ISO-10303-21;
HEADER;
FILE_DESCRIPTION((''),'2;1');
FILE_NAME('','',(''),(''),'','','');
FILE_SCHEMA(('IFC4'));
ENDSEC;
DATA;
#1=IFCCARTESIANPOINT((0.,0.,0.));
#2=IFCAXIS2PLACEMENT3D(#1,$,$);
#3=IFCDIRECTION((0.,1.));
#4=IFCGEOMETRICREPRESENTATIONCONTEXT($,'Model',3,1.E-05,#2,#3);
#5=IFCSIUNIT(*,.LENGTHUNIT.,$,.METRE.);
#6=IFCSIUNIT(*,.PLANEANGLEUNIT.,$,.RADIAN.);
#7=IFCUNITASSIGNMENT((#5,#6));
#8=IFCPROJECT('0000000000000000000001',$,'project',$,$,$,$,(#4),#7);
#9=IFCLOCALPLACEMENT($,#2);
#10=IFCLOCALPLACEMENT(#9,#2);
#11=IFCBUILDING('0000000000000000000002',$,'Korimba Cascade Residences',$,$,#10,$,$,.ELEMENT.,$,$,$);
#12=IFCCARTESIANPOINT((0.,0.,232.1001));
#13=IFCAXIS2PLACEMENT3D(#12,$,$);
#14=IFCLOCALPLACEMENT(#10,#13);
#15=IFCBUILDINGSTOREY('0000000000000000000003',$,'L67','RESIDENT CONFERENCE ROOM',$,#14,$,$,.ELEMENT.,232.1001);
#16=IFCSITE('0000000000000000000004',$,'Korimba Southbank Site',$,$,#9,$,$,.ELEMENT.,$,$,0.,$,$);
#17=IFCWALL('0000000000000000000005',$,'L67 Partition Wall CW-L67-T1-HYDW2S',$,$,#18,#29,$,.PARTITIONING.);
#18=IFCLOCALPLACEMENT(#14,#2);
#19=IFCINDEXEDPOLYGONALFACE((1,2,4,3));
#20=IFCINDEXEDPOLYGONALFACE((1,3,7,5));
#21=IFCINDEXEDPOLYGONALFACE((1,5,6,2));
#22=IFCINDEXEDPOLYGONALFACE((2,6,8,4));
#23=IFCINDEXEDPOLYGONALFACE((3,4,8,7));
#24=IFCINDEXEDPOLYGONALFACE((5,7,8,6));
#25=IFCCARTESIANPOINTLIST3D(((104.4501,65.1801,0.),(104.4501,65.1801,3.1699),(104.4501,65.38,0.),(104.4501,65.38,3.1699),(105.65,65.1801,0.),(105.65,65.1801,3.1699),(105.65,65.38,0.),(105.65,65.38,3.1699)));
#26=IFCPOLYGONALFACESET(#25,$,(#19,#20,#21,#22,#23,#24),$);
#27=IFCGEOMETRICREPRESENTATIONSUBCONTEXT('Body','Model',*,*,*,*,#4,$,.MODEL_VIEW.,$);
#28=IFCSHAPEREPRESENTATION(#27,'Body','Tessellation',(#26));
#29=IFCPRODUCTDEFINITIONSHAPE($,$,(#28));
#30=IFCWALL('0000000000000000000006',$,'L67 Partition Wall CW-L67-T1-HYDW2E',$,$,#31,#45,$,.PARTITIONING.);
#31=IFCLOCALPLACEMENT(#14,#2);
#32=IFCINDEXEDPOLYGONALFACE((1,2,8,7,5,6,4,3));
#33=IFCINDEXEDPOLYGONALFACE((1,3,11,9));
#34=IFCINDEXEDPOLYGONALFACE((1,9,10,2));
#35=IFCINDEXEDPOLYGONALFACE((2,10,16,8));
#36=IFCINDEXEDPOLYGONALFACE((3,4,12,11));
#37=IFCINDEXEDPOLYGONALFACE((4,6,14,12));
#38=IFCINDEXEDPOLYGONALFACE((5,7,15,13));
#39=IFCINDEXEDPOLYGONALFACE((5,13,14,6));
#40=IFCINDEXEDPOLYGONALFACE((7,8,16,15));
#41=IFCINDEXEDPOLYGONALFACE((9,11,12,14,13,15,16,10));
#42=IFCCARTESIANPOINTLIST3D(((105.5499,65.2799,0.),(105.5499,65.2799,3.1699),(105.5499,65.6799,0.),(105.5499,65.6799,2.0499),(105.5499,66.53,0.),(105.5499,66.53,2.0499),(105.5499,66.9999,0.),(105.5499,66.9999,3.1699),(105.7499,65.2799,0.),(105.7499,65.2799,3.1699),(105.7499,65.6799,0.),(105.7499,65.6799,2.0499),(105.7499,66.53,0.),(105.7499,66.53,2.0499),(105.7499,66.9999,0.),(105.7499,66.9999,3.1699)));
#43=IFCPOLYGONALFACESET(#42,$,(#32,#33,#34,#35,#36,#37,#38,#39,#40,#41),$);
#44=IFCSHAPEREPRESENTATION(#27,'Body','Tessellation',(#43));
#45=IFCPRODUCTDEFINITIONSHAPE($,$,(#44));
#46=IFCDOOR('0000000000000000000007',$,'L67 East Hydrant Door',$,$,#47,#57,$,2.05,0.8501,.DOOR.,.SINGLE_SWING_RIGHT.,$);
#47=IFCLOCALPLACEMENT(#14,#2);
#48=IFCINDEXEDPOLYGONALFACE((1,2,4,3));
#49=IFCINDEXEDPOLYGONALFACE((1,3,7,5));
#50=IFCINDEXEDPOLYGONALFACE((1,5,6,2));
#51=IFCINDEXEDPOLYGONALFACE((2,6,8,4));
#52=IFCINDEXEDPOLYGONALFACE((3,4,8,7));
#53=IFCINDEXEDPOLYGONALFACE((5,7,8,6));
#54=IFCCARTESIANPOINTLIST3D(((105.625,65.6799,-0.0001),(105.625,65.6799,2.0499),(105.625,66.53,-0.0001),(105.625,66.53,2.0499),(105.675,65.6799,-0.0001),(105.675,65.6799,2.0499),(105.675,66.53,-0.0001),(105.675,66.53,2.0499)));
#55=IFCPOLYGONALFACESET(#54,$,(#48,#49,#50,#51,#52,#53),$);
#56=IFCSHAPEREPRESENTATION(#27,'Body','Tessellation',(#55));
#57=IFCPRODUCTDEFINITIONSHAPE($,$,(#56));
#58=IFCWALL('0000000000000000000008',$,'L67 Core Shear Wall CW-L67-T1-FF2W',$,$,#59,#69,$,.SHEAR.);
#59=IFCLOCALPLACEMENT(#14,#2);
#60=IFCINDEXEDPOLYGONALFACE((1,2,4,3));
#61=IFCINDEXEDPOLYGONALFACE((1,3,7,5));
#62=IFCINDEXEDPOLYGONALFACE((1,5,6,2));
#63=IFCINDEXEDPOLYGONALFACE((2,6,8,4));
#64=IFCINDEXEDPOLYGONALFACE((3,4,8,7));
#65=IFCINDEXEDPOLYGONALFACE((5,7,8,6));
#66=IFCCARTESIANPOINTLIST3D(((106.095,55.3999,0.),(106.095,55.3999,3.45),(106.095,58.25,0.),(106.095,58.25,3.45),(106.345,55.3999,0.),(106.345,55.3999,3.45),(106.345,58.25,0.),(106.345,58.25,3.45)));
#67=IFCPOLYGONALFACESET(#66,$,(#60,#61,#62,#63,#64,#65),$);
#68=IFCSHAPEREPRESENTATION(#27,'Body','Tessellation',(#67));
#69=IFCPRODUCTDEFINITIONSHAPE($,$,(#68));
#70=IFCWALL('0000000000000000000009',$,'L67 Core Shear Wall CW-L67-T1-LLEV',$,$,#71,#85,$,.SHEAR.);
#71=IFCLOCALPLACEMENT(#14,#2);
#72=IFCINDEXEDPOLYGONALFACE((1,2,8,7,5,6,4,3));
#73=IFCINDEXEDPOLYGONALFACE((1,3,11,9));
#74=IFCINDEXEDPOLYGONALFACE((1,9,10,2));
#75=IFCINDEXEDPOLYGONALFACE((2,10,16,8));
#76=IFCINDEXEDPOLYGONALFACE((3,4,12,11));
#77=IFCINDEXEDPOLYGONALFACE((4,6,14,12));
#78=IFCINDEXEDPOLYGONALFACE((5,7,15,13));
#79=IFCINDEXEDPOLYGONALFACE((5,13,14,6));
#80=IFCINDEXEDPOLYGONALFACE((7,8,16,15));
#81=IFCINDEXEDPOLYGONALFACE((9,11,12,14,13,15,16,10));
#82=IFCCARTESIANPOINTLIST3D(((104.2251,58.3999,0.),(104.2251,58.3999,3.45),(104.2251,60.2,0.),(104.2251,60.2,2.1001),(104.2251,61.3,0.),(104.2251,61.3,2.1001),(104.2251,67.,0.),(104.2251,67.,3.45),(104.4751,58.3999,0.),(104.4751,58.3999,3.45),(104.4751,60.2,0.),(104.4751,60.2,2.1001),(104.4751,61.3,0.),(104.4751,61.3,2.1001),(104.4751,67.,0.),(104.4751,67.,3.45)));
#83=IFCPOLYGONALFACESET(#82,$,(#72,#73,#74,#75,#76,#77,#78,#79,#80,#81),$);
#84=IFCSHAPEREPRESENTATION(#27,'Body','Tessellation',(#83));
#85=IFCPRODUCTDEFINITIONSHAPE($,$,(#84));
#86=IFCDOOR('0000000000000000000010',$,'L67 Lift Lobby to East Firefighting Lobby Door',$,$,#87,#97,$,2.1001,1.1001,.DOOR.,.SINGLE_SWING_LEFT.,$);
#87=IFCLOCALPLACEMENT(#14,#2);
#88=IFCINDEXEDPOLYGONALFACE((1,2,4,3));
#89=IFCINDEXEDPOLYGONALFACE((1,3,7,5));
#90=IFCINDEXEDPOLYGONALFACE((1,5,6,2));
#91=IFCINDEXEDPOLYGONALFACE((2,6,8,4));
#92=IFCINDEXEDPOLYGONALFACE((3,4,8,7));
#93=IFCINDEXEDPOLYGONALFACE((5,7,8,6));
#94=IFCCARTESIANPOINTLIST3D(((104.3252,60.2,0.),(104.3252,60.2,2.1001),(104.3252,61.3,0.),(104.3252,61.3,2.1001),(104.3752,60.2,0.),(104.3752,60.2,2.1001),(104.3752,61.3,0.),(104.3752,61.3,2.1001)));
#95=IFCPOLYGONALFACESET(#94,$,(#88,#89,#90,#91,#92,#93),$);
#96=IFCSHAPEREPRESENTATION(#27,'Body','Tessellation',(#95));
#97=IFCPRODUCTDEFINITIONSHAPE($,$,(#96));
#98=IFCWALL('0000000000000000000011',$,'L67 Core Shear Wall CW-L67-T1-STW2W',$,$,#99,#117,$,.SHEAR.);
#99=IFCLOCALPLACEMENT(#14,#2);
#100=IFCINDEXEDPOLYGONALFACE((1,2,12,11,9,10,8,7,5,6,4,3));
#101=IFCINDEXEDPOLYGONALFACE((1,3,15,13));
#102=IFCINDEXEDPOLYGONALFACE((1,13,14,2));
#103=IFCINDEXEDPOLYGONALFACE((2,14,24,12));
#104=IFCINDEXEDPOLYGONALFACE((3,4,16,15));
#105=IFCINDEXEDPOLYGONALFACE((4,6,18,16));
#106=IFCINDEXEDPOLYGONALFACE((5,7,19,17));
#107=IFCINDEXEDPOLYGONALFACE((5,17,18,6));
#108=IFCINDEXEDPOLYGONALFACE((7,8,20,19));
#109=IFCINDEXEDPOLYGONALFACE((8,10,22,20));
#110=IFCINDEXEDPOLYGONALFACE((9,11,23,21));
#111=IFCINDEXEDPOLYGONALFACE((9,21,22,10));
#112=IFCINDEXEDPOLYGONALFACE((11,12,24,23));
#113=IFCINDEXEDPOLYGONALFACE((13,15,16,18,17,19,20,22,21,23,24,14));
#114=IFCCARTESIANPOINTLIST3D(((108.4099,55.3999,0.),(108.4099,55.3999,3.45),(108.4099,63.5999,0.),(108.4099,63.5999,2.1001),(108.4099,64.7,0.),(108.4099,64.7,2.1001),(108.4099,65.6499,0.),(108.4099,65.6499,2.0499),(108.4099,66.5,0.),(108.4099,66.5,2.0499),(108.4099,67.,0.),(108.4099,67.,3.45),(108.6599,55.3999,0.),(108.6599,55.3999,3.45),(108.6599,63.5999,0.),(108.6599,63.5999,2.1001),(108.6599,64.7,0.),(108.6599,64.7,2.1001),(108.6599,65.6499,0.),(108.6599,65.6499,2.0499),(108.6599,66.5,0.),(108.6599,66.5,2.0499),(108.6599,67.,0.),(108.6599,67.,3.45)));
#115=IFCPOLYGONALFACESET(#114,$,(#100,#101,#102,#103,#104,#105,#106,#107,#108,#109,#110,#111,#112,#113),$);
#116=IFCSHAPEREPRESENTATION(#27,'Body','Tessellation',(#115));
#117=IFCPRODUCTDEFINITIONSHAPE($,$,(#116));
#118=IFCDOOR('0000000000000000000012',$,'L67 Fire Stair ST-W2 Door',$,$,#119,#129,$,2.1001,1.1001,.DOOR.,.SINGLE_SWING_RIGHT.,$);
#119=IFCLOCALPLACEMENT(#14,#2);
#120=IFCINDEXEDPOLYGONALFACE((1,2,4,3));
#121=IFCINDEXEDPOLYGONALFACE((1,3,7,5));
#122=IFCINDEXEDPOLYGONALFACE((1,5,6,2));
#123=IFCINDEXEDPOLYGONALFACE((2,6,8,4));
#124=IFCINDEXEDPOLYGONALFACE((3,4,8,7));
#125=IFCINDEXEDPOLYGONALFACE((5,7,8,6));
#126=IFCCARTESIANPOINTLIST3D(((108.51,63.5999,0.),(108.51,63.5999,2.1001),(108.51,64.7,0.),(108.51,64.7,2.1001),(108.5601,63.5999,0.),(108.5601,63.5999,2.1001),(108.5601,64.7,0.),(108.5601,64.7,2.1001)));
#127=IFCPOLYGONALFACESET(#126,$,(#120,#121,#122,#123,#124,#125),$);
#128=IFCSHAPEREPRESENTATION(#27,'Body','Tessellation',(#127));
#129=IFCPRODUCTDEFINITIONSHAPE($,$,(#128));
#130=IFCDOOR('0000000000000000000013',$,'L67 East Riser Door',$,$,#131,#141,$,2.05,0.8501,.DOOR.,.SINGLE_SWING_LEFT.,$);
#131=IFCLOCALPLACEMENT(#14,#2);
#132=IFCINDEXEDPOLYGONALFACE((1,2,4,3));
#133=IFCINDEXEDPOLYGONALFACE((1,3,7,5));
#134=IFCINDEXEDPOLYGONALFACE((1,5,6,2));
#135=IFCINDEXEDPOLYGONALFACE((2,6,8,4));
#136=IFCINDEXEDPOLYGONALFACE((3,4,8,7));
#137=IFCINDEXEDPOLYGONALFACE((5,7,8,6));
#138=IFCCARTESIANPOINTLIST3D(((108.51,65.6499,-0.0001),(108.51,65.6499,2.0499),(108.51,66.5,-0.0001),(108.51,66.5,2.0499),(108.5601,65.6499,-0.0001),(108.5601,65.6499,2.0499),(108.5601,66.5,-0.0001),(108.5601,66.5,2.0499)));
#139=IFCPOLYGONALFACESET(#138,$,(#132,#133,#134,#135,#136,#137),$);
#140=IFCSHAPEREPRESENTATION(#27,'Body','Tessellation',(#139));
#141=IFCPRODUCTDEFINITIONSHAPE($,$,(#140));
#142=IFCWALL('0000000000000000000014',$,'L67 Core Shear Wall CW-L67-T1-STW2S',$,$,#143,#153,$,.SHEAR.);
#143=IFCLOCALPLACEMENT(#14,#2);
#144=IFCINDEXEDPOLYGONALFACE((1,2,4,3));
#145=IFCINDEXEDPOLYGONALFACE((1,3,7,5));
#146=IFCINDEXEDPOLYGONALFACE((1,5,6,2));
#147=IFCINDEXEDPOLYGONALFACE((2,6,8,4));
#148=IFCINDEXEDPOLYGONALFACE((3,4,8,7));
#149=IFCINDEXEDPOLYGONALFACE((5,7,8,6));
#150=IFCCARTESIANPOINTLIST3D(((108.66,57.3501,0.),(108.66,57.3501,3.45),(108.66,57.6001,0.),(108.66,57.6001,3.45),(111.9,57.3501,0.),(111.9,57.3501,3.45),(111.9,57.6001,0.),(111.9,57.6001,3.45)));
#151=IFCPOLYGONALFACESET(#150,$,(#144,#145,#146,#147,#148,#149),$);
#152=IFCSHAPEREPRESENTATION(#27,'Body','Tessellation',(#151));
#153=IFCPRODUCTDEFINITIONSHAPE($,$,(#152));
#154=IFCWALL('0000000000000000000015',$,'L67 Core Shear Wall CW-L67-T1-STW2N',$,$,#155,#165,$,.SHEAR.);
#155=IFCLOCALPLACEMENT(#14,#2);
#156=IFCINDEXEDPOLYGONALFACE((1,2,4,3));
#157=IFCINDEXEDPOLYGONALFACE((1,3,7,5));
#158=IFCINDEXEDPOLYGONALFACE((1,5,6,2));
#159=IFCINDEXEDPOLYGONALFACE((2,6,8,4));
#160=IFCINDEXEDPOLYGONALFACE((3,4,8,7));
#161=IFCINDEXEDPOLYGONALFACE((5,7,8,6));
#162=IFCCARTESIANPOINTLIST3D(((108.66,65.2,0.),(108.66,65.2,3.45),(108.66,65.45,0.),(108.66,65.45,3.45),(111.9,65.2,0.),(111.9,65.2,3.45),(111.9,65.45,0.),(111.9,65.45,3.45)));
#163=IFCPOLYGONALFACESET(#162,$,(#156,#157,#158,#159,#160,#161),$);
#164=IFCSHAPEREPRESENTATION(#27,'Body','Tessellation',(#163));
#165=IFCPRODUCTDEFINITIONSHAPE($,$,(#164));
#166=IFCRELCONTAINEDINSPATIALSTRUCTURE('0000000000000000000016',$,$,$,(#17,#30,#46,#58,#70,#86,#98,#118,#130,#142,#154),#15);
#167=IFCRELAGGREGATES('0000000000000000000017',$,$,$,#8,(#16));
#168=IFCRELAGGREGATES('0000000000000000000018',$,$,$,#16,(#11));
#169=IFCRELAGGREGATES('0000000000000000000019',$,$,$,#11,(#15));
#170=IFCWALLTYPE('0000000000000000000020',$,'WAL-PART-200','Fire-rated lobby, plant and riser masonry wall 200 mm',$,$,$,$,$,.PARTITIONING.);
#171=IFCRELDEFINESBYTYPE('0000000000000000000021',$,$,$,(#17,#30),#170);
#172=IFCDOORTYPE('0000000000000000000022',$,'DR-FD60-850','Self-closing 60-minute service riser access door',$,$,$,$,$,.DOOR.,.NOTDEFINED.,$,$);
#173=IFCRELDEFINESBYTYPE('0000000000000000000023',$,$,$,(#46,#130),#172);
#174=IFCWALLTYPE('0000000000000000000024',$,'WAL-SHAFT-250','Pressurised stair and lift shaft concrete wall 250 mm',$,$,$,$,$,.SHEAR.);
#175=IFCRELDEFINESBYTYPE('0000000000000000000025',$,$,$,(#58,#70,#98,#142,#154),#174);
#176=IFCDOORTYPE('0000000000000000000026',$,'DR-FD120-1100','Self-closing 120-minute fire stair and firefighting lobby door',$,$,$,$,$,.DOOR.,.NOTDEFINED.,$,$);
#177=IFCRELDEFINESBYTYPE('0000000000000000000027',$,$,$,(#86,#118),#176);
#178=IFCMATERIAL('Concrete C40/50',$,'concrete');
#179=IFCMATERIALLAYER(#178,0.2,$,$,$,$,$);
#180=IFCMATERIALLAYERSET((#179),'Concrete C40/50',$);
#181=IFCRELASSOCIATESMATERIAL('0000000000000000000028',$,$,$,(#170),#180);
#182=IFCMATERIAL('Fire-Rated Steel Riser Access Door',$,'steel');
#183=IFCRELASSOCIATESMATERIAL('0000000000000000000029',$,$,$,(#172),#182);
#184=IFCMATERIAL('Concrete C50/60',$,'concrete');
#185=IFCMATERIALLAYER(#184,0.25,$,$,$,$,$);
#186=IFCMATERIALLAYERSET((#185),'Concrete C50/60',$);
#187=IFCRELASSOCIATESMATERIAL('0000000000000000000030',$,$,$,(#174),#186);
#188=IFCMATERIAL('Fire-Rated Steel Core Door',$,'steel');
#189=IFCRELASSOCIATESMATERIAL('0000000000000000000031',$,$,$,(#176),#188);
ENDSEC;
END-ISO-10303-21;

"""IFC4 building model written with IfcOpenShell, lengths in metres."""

from ifc_helpers import new_model, si_unit, direction, frame, frame_2d, origin, place, context, subcontext, project, spatial, rectangle, extrude, material, layer, layer_set, type_object, element, fill, save


model = new_model("IFC4")

# Units and contexts
model_context = context("Model", 3, precision=1e-05, world=origin(), true_north=direction((0.0, 1.0)))
body_context = subcontext(model_context, "Body", "Model", "MODEL_VIEW")
ifc_project = project(units=[si_unit("LENGTHUNIT", "METRE"), si_unit("PLANEANGLEUNIT", "RADIAN")], contexts=[model_context])

# Site, building, storey
site_placement = place(None, origin())
site = spatial("IfcSite", under=ifc_project, at=site_placement, Name="Korimba Southbank Site", CompositionType="ELEMENT", RefElevation=0.0)
building_placement = place(site_placement, origin())
building = spatial("IfcBuilding", under=site, at=building_placement, Name="Korimba Cascade Residences", CompositionType="ELEMENT")
storey_placement = place(building_placement, frame((0.0, 0.0, 232.1001)))
storey = spatial("IfcBuildingStorey", under=building, at=storey_placement, Name="L67", Description="RESIDENT CONFERENCE ROOM", CompositionType="ELEMENT", Elevation=232.1001)

# Wall
ifc_material_1 = material(Name="Concrete C40/50", Category="concrete")
ifc_layer_1 = layer(ifc_material_1, 0.2)
ifc_layer_set_1 = layer_set([ifc_layer_1], Name="Concrete C40/50")
wall_type_1 = type_object("IfcWallType", Name="WAL-PART-200", Description="Fire-rated lobby, plant and riser masonry wall 200 mm", PredefinedType="PARTITIONING", material=ifc_layer_set_1)
wall_1_placement = place(storey_placement, frame((104.45, 65.28, 0.0), z_axis=(0.0, 0.0, 1.0), x_axis=(1.0, 0.0, 0.0)))
element("IfcWall", 1, at=wall_1_placement, inside=storey, type_object=wall_type_1, Name="L67 Partition Wall CW-L67-T1-HYDW2S", PredefinedType="PARTITIONING", context=body_context, shape_type="SweptSolid", body=[
    extrude(rectangle(XDim=1.2, YDim=0.2, at=frame_2d((0.6001, 0.0))), origin(), (0.0, 0.0, 1.0), 3.1699),
])

# Wall, opening, door
wall_2_placement = place(storey_placement, frame((105.6499, 65.28, 0.0), z_axis=(0.0, 0.0, 1.0), x_axis=(0.0, 1.0, 0.0)))
wall_2 = element("IfcWall", 2, at=wall_2_placement, inside=storey, type_object=wall_type_1, Name="L67 Partition Wall CW-L67-T1-HYDW2E", PredefinedType="PARTITIONING", context=body_context, shape_type="SweptSolid", body=[
    extrude(rectangle(XDim=1.72, YDim=0.2, at=frame_2d((0.8599, 0.0))), origin(), (0.0, 0.0, 1.0), 3.1699),
])
opening_1_placement = place(wall_2_placement, frame((0.3999, 0.0, 0.0)))
opening_1 = element("IfcOpeningElement", 3, at=opening_1_placement, cuts=wall_2, PredefinedType="OPENING", context=body_context, shape_type="SweptSolid", body=[
    extrude(rectangle(XDim=0.8501, YDim=2.05, at=frame_2d((0.425, 1.0249))), frame((0.0, 0.1099, 0.0), z_axis=(0.0, -1.0, 0.0), x_axis=(1.0, 0.0, 0.0)), (0.0, 0.0, 1.0), 0.22),
])
ifc_material_2 = material(Name="Fire-Rated Steel Riser Access Door", Category="steel")
door_type_1 = type_object("IfcDoorType", Name="DR-FD60-850", Description="Self-closing 60-minute service riser access door", OperationType="NOTDEFINED", PredefinedType="DOOR", material=ifc_material_2)
door_1_placement = place(opening_1_placement, origin())
door_1 = element("IfcDoor", 4, at=door_1_placement, inside=storey, type_object=door_type_1, Name="L67 East Hydrant Door", OperationType="SINGLE_SWING_RIGHT", OverallHeight=2.05, OverallWidth=0.8501, PredefinedType="DOOR", context=body_context, shape_type="SweptSolid", body=[
    extrude(rectangle(XDim=0.8501, YDim=2.05, at=frame_2d((0.425, 1.0249))), frame((0.0, 0.0249, 0.0), z_axis=(0.0, -1.0, 0.0), x_axis=(1.0, 0.0, 0.0)), (0.0, 0.0, 1.0), 0.05),
])
fill(opening_1, door_1)

# Wall
ifc_material_3 = material(Name="Concrete C50/60", Category="concrete")
ifc_layer_2 = layer(ifc_material_3, 0.25)
ifc_layer_set_2 = layer_set([ifc_layer_2], Name="Concrete C50/60")
wall_type_2 = type_object("IfcWallType", Name="WAL-SHAFT-250", Description="Pressurised stair and lift shaft concrete wall 250 mm", PredefinedType="SHEAR", material=ifc_layer_set_2)
wall_3_placement = place(storey_placement, frame((106.22, 55.3999, 0.0), z_axis=(0.0, 0.0, 1.0), x_axis=(0.0, 1.0, 0.0)))
element("IfcWall", 5, at=wall_3_placement, inside=storey, type_object=wall_type_2, Name="L67 Core Shear Wall CW-L67-T1-FF2W", PredefinedType="SHEAR", context=body_context, shape_type="SweptSolid", body=[
    extrude(rectangle(XDim=2.8501, YDim=0.25, at=frame_2d((1.425, 0.0))), origin(), (0.0, 0.0, 1.0), 3.45),
])

# Wall, opening, door
wall_4_placement = place(storey_placement, frame((104.3501, 58.3999, 0.0), z_axis=(0.0, 0.0, 1.0), x_axis=(0.0, 1.0, 0.0)))
wall_4 = element("IfcWall", 6, at=wall_4_placement, inside=storey, type_object=wall_type_2, Name="L67 Core Shear Wall CW-L67-T1-LLEV", PredefinedType="SHEAR", context=body_context, shape_type="SweptSolid", body=[
    extrude(rectangle(XDim=8.6001, YDim=0.25, at=frame_2d((4.3, 0.0))), origin(), (0.0, 0.0, 1.0), 3.45),
])
opening_2_placement = place(wall_4_placement, frame((1.8, 0.0, 0.0)))
opening_2 = element("IfcOpeningElement", 7, at=opening_2_placement, cuts=wall_4, PredefinedType="OPENING", context=body_context, shape_type="SweptSolid", body=[
    extrude(rectangle(XDim=1.1001, YDim=2.1001, at=frame_2d((0.55, 1.05))), frame((0.0, 0.135, 0.0), z_axis=(0.0, -1.0, 0.0), x_axis=(1.0, 0.0, 0.0)), (0.0, 0.0, 1.0), 0.27),
])
ifc_material_4 = material(Name="Fire-Rated Steel Core Door", Category="steel")
door_type_2 = type_object("IfcDoorType", Name="DR-FD120-1100", Description="Self-closing 120-minute fire stair and firefighting lobby door", OperationType="NOTDEFINED", PredefinedType="DOOR", material=ifc_material_4)
door_2_placement = place(opening_2_placement, origin())
door_2 = element("IfcDoor", 8, at=door_2_placement, inside=storey, type_object=door_type_2, Name="L67 Lift Lobby to East Firefighting Lobby Door", OperationType="SINGLE_SWING_LEFT", OverallHeight=2.1001, OverallWidth=1.1001, PredefinedType="DOOR", context=body_context, shape_type="SweptSolid", body=[
    extrude(rectangle(XDim=1.1001, YDim=2.1001, at=frame_2d((0.55, 1.05))), frame((0.0, 0.0249, 0.0), z_axis=(0.0, -1.0, 0.0), x_axis=(1.0, 0.0, 0.0)), (0.0, 0.0, 1.0), 0.05),
])
fill(opening_2, door_2)

# Wall, openings, doors
wall_5_placement = place(storey_placement, frame((108.5349, 55.3999, 0.0), z_axis=(0.0, 0.0, 1.0), x_axis=(0.0, 1.0, 0.0)))
wall_5 = element("IfcWall", 9, at=wall_5_placement, inside=storey, type_object=wall_type_2, Name="L67 Core Shear Wall CW-L67-T1-STW2W", PredefinedType="SHEAR", context=body_context, shape_type="SweptSolid", body=[
    extrude(rectangle(XDim=11.6001, YDim=0.25, at=frame_2d((5.8, 0.0))), origin(), (0.0, 0.0, 1.0), 3.45),
])
opening_3_placement = place(wall_5_placement, frame((8.2, 0.0, 0.0)))
opening_3 = element("IfcOpeningElement", 10, at=opening_3_placement, cuts=wall_5, PredefinedType="OPENING", context=body_context, shape_type="SweptSolid", body=[
    extrude(rectangle(XDim=1.1001, YDim=2.1001, at=frame_2d((0.55, 1.05))), frame((0.0, 0.135, 0.0), z_axis=(0.0, -1.0, 0.0), x_axis=(1.0, 0.0, 0.0)), (0.0, 0.0, 1.0), 0.27),
])
opening_4_placement = place(wall_5_placement, frame((10.25, 0.0, 0.0)))
opening_4 = element("IfcOpeningElement", 11, at=opening_4_placement, cuts=wall_5, PredefinedType="OPENING", context=body_context, shape_type="SweptSolid", body=[
    extrude(rectangle(XDim=0.8501, YDim=2.05, at=frame_2d((0.425, 1.0249))), frame((0.0, 0.135, 0.0), z_axis=(0.0, -1.0, 0.0), x_axis=(1.0, 0.0, 0.0)), (0.0, 0.0, 1.0), 0.27),
])
door_3_placement = place(opening_3_placement, origin())
door_3 = element("IfcDoor", 12, at=door_3_placement, inside=storey, type_object=door_type_2, Name="L67 Fire Stair ST-W2 Door", OperationType="SINGLE_SWING_RIGHT", OverallHeight=2.1001, OverallWidth=1.1001, PredefinedType="DOOR", context=body_context, shape_type="SweptSolid", body=[
    extrude(rectangle(XDim=1.1001, YDim=2.1001, at=frame_2d((0.55, 1.05))), frame((0.0, 0.0249, 0.0), z_axis=(0.0, -1.0, 0.0), x_axis=(1.0, 0.0, 0.0)), (0.0, 0.0, 1.0), 0.05),
])
fill(opening_3, door_3)
door_4_placement = place(opening_4_placement, origin())
door_4 = element("IfcDoor", 13, at=door_4_placement, inside=storey, type_object=door_type_1, Name="L67 East Riser Door", OperationType="SINGLE_SWING_LEFT", OverallHeight=2.05, OverallWidth=0.8501, PredefinedType="DOOR", context=body_context, shape_type="SweptSolid", body=[
    extrude(rectangle(XDim=0.8501, YDim=2.05, at=frame_2d((0.425, 1.0249))), frame((0.0, 0.0249, 0.0), z_axis=(0.0, -1.0, 0.0), x_axis=(1.0, 0.0, 0.0)), (0.0, 0.0, 1.0), 0.05),
])
fill(opening_4, door_4)

# Walls
for number, where, z_axis, x_axis, name in (
    (14, (108.6599, 57.4751, 0.0), (0.0, 0.0, 1.0), (1.0, 0.0, 0.0), "L67 Core Shear Wall CW-L67-T1-STW2S"),
    (15, (108.6599, 65.325, 0.0), (0.0, 0.0, 1.0), (1.0, 0.0, 0.0), "L67 Core Shear Wall CW-L67-T1-STW2N"),
):
    element("IfcWall", number, at=place(storey_placement, frame(where, z_axis=z_axis, x_axis=x_axis)), inside=storey, type_object=wall_type_2, Name=name, PredefinedType="SHEAR", context=body_context, shape_type="SweptSolid", body=[
        extrude(rectangle(XDim=3.24, YDim=0.25, at=frame_2d((1.6201, 0.0))), origin(), (0.0, 0.0, 1.0), 3.45),
    ])

save(model, "model.ifc")
